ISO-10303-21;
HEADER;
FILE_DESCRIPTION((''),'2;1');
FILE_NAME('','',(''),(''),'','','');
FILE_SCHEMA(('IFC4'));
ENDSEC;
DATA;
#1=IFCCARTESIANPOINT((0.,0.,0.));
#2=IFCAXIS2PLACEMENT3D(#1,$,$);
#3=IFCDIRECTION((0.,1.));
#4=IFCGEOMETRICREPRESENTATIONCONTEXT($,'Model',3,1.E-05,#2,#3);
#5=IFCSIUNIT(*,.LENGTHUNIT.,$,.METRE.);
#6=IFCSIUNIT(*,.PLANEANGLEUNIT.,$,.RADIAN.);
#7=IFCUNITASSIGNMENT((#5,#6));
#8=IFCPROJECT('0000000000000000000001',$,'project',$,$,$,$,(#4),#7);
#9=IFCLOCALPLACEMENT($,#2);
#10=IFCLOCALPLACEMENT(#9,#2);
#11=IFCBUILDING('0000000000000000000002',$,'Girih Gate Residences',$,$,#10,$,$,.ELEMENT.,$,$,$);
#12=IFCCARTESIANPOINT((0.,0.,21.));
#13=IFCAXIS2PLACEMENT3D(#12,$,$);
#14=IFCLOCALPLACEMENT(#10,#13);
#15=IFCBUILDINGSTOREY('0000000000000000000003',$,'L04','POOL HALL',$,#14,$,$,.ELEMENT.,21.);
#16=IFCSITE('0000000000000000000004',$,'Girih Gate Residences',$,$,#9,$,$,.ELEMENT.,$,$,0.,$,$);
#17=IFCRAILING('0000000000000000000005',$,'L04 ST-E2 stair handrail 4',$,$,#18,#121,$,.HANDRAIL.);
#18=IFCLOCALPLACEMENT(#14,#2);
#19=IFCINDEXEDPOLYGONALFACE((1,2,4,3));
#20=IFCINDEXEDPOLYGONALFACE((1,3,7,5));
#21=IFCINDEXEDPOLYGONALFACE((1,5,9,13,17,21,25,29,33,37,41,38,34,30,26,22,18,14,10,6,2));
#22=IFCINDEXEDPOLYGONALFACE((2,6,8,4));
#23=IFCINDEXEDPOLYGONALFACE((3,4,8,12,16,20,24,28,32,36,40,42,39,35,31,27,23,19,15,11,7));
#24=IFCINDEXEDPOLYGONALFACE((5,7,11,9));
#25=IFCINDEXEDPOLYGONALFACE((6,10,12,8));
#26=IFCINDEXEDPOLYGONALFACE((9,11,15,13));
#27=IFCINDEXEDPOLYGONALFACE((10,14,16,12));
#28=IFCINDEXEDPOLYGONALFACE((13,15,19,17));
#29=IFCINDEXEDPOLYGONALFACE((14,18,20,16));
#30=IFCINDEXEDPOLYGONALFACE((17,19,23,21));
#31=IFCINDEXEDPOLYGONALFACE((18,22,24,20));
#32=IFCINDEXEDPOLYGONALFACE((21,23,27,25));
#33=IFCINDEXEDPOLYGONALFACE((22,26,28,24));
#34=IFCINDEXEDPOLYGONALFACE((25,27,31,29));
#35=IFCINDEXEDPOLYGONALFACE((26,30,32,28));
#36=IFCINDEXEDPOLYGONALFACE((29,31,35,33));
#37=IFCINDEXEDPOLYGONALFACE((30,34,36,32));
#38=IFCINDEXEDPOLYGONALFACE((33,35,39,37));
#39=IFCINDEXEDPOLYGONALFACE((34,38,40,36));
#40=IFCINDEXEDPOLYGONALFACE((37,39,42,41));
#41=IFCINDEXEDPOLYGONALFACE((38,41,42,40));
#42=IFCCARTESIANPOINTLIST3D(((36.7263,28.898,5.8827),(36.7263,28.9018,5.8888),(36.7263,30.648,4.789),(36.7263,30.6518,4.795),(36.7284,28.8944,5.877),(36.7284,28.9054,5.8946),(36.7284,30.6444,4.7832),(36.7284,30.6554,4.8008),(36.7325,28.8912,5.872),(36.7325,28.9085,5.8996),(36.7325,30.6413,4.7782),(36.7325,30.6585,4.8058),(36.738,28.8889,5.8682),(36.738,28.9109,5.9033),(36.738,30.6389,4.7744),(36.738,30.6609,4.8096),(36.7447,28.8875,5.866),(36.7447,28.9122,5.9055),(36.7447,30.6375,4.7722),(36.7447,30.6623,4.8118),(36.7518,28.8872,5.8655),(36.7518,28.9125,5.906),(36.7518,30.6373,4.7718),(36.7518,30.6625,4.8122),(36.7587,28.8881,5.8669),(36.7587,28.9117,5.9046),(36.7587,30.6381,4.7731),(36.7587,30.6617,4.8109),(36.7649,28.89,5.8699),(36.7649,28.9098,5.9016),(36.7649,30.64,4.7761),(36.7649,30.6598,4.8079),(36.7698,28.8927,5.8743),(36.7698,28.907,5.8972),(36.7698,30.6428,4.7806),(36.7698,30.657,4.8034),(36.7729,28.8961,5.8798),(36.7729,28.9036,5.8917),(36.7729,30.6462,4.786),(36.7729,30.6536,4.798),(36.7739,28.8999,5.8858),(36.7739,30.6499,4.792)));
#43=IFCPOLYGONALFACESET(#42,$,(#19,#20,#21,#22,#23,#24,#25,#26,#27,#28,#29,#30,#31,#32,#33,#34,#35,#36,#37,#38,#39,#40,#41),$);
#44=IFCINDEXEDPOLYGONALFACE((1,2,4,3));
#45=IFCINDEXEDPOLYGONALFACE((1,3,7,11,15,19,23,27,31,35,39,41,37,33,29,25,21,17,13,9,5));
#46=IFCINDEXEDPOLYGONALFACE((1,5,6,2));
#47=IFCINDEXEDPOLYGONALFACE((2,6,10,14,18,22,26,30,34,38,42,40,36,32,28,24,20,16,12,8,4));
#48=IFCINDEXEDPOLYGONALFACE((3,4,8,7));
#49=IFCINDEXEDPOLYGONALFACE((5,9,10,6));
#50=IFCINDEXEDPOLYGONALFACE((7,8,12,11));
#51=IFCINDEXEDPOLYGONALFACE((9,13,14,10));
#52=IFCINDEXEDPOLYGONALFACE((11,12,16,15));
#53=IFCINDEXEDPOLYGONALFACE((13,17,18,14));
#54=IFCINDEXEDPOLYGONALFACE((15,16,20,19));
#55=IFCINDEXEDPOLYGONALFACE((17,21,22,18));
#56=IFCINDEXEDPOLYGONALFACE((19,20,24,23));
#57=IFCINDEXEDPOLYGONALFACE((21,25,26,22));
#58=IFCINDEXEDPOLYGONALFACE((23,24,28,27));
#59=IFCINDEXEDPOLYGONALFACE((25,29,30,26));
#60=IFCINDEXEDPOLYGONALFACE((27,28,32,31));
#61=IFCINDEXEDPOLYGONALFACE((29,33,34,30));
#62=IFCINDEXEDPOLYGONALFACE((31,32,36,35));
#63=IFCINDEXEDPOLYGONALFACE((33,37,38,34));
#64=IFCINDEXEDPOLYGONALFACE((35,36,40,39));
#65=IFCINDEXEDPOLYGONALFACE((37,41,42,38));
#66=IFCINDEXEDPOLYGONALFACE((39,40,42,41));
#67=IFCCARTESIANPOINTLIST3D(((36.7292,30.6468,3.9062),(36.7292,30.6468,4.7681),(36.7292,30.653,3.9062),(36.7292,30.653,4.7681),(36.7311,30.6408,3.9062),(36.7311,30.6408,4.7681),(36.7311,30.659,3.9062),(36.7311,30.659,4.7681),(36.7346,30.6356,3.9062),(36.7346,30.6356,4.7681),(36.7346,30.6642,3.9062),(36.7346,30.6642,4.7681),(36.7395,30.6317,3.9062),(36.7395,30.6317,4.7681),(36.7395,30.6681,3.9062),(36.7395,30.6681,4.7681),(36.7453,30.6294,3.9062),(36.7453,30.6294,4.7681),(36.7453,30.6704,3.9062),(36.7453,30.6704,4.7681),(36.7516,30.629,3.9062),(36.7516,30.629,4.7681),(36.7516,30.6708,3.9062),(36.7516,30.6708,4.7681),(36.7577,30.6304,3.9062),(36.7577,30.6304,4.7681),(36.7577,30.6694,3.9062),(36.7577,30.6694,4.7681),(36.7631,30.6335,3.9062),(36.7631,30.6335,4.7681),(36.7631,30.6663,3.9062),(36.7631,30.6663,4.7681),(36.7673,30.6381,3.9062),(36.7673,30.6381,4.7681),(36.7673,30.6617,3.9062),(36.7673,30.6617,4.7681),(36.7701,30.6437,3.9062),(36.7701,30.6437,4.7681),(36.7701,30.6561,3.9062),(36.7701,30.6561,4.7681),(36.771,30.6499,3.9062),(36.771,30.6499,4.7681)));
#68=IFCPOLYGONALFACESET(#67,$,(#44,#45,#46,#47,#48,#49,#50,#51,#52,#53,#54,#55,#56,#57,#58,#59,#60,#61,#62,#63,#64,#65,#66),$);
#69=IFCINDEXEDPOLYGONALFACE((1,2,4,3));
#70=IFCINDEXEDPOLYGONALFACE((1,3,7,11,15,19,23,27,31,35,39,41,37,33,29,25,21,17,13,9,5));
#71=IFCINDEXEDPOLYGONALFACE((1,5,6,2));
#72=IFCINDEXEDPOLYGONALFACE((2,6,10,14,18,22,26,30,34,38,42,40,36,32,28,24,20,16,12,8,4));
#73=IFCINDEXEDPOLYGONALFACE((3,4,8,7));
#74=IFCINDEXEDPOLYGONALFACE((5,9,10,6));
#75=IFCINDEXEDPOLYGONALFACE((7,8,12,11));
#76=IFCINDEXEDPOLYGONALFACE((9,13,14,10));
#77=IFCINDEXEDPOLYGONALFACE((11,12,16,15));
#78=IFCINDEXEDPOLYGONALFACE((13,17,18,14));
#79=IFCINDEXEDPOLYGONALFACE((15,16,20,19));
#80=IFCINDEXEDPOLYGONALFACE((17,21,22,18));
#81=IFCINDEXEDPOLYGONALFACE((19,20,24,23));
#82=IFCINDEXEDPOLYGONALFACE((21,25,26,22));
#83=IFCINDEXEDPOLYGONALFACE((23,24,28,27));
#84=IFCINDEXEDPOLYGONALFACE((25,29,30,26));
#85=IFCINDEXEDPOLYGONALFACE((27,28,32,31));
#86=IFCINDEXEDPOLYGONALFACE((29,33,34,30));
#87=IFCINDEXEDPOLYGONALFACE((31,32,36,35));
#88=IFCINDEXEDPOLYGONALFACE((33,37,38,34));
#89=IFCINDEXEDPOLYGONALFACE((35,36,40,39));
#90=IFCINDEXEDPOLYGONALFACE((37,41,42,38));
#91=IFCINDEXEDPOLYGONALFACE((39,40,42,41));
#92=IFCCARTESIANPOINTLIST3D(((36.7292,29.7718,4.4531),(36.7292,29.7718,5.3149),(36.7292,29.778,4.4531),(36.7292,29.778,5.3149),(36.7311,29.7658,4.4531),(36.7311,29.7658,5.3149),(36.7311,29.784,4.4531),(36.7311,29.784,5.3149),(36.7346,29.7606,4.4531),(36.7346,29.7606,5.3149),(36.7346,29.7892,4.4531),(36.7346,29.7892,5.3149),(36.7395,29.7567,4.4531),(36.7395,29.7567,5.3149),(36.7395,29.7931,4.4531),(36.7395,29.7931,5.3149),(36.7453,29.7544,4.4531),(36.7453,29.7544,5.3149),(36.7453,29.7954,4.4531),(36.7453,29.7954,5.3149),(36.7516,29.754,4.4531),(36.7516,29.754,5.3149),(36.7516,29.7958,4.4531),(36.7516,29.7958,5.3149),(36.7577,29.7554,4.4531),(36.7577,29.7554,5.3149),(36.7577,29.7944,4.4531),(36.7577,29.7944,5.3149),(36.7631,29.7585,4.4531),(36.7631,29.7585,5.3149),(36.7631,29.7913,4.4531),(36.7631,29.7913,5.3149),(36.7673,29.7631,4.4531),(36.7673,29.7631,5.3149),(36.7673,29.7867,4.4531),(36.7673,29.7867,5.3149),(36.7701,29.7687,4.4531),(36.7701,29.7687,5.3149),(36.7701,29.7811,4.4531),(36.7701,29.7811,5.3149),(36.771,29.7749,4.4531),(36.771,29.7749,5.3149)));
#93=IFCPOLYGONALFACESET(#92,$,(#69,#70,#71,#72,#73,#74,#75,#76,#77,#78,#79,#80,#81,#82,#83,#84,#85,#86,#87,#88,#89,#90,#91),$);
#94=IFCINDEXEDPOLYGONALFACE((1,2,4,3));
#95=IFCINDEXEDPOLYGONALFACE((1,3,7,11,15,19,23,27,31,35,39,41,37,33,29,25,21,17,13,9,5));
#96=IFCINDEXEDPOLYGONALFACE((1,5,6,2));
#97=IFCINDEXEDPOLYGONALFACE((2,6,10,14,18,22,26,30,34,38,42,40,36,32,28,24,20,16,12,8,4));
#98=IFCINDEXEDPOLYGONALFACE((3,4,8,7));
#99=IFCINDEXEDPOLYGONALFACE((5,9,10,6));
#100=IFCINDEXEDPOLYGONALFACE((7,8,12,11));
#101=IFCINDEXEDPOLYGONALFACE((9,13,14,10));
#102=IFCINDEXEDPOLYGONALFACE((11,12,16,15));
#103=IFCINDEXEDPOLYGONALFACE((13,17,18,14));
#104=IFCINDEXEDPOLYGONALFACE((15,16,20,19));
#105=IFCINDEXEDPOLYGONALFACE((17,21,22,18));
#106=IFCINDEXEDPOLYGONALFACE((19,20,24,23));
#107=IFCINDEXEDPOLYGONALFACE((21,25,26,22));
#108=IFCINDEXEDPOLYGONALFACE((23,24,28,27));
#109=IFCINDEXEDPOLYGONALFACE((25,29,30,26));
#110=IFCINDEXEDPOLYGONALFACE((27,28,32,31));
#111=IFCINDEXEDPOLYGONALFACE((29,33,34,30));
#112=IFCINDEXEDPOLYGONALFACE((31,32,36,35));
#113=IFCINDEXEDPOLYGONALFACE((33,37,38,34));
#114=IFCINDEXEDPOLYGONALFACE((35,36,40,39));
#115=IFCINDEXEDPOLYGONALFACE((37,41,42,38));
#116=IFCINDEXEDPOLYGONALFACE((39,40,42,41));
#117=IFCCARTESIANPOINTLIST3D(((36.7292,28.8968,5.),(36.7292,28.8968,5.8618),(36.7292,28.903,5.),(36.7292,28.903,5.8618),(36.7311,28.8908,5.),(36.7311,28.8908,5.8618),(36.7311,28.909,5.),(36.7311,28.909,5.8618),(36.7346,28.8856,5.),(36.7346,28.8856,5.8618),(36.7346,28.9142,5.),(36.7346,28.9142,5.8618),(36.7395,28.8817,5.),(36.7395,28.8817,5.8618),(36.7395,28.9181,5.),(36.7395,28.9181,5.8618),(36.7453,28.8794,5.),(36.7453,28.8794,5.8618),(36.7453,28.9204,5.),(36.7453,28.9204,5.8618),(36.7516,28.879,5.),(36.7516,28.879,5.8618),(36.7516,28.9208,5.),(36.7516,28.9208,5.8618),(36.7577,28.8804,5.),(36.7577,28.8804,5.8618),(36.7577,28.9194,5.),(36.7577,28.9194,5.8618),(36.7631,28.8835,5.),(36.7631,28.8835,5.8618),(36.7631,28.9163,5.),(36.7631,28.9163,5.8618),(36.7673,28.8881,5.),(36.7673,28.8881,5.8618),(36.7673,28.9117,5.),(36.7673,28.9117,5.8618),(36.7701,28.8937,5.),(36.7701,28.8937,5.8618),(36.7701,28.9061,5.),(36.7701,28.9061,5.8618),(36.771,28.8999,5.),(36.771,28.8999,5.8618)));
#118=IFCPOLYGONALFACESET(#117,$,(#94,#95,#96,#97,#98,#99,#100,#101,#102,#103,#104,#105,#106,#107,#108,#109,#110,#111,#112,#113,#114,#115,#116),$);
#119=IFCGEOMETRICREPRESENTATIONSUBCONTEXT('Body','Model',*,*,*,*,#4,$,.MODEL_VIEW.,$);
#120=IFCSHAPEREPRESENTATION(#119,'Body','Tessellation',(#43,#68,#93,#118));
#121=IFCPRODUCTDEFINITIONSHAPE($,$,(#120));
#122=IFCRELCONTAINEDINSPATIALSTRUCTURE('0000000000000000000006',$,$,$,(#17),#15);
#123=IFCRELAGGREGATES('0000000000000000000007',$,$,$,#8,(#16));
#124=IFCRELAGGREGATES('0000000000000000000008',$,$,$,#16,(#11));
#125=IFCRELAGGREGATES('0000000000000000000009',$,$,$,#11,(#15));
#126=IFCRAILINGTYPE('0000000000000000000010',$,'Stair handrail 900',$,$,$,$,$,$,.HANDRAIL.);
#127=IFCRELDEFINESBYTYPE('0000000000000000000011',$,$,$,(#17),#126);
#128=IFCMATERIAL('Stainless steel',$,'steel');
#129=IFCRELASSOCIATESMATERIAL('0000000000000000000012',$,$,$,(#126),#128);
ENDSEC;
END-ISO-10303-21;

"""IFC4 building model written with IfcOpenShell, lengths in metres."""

from ifc_helpers import new_model, si_unit, direction, frame, origin, origin_2d, place, context, subcontext, project, spatial, circle, extrude, material, type_object, element, save


model = new_model("IFC4")

# Units and contexts
model_context = context("Model", 3, precision=1e-05, world=origin(), true_north=direction((0.0, 1.0)))
body_context = subcontext(model_context, "Body", "Model", "MODEL_VIEW")
ifc_project = project(units=[si_unit("LENGTHUNIT", "METRE"), si_unit("PLANEANGLEUNIT", "RADIAN")], contexts=[model_context])

# Site, building, storey
site_placement = place(None, origin())
site = spatial("IfcSite", under=ifc_project, at=site_placement, Name="Girih Gate Residences", CompositionType="ELEMENT", RefElevation=0.0)
building_placement = place(site_placement, origin())
building = spatial("IfcBuilding", under=site, at=building_placement, Name="Girih Gate Residences", CompositionType="ELEMENT")
storey_placement = place(building_placement, frame((0.0, 0.0, 21.0)))
storey = spatial("IfcBuildingStorey", under=building, at=storey_placement, Name="L04", Description="POOL HALL", CompositionType="ELEMENT", Elevation=21.0)

# Railing
ifc_material_1 = material(Name="Stainless steel", Category="steel")
railing_type_1 = type_object("IfcRailingType", Name="Stair handrail 900", PredefinedType="HANDRAIL", material=ifc_material_1)
railing_1_placement = place(storey_placement, frame((36.75, 30.6499, 3.9062)))
element("IfcRailing", 1, at=railing_1_placement, inside=storey, type_object=railing_type_1, Name="L04 ST-E2 stair handrail 4", PredefinedType="HANDRAIL", context=body_context, shape_type="SweptSolid", body=[
    extrude(circle(Radius=0.0239, at=origin_2d()), frame((0.0, 0.0, 0.8857), z_axis=(0.0, -0.847998, 0.529999), x_axis=(1.0, 0.0, 0.0)), (0.0, 0.0, 1.0), 2.0637),
    extrude(circle(Radius=0.021, at=origin_2d()), origin(), (0.0, 0.0, 1.0), 0.8618),
    extrude(circle(Radius=0.021, at=origin_2d()), frame((0.0, -0.875, 0.5469)), (0.0, 0.0, 1.0), 0.8618),
    extrude(circle(Radius=0.021, at=origin_2d()), frame((0.0, -1.75, 1.0938)), (0.0, 0.0, 1.0), 0.8618),
])

save(model, "model.ifc")
